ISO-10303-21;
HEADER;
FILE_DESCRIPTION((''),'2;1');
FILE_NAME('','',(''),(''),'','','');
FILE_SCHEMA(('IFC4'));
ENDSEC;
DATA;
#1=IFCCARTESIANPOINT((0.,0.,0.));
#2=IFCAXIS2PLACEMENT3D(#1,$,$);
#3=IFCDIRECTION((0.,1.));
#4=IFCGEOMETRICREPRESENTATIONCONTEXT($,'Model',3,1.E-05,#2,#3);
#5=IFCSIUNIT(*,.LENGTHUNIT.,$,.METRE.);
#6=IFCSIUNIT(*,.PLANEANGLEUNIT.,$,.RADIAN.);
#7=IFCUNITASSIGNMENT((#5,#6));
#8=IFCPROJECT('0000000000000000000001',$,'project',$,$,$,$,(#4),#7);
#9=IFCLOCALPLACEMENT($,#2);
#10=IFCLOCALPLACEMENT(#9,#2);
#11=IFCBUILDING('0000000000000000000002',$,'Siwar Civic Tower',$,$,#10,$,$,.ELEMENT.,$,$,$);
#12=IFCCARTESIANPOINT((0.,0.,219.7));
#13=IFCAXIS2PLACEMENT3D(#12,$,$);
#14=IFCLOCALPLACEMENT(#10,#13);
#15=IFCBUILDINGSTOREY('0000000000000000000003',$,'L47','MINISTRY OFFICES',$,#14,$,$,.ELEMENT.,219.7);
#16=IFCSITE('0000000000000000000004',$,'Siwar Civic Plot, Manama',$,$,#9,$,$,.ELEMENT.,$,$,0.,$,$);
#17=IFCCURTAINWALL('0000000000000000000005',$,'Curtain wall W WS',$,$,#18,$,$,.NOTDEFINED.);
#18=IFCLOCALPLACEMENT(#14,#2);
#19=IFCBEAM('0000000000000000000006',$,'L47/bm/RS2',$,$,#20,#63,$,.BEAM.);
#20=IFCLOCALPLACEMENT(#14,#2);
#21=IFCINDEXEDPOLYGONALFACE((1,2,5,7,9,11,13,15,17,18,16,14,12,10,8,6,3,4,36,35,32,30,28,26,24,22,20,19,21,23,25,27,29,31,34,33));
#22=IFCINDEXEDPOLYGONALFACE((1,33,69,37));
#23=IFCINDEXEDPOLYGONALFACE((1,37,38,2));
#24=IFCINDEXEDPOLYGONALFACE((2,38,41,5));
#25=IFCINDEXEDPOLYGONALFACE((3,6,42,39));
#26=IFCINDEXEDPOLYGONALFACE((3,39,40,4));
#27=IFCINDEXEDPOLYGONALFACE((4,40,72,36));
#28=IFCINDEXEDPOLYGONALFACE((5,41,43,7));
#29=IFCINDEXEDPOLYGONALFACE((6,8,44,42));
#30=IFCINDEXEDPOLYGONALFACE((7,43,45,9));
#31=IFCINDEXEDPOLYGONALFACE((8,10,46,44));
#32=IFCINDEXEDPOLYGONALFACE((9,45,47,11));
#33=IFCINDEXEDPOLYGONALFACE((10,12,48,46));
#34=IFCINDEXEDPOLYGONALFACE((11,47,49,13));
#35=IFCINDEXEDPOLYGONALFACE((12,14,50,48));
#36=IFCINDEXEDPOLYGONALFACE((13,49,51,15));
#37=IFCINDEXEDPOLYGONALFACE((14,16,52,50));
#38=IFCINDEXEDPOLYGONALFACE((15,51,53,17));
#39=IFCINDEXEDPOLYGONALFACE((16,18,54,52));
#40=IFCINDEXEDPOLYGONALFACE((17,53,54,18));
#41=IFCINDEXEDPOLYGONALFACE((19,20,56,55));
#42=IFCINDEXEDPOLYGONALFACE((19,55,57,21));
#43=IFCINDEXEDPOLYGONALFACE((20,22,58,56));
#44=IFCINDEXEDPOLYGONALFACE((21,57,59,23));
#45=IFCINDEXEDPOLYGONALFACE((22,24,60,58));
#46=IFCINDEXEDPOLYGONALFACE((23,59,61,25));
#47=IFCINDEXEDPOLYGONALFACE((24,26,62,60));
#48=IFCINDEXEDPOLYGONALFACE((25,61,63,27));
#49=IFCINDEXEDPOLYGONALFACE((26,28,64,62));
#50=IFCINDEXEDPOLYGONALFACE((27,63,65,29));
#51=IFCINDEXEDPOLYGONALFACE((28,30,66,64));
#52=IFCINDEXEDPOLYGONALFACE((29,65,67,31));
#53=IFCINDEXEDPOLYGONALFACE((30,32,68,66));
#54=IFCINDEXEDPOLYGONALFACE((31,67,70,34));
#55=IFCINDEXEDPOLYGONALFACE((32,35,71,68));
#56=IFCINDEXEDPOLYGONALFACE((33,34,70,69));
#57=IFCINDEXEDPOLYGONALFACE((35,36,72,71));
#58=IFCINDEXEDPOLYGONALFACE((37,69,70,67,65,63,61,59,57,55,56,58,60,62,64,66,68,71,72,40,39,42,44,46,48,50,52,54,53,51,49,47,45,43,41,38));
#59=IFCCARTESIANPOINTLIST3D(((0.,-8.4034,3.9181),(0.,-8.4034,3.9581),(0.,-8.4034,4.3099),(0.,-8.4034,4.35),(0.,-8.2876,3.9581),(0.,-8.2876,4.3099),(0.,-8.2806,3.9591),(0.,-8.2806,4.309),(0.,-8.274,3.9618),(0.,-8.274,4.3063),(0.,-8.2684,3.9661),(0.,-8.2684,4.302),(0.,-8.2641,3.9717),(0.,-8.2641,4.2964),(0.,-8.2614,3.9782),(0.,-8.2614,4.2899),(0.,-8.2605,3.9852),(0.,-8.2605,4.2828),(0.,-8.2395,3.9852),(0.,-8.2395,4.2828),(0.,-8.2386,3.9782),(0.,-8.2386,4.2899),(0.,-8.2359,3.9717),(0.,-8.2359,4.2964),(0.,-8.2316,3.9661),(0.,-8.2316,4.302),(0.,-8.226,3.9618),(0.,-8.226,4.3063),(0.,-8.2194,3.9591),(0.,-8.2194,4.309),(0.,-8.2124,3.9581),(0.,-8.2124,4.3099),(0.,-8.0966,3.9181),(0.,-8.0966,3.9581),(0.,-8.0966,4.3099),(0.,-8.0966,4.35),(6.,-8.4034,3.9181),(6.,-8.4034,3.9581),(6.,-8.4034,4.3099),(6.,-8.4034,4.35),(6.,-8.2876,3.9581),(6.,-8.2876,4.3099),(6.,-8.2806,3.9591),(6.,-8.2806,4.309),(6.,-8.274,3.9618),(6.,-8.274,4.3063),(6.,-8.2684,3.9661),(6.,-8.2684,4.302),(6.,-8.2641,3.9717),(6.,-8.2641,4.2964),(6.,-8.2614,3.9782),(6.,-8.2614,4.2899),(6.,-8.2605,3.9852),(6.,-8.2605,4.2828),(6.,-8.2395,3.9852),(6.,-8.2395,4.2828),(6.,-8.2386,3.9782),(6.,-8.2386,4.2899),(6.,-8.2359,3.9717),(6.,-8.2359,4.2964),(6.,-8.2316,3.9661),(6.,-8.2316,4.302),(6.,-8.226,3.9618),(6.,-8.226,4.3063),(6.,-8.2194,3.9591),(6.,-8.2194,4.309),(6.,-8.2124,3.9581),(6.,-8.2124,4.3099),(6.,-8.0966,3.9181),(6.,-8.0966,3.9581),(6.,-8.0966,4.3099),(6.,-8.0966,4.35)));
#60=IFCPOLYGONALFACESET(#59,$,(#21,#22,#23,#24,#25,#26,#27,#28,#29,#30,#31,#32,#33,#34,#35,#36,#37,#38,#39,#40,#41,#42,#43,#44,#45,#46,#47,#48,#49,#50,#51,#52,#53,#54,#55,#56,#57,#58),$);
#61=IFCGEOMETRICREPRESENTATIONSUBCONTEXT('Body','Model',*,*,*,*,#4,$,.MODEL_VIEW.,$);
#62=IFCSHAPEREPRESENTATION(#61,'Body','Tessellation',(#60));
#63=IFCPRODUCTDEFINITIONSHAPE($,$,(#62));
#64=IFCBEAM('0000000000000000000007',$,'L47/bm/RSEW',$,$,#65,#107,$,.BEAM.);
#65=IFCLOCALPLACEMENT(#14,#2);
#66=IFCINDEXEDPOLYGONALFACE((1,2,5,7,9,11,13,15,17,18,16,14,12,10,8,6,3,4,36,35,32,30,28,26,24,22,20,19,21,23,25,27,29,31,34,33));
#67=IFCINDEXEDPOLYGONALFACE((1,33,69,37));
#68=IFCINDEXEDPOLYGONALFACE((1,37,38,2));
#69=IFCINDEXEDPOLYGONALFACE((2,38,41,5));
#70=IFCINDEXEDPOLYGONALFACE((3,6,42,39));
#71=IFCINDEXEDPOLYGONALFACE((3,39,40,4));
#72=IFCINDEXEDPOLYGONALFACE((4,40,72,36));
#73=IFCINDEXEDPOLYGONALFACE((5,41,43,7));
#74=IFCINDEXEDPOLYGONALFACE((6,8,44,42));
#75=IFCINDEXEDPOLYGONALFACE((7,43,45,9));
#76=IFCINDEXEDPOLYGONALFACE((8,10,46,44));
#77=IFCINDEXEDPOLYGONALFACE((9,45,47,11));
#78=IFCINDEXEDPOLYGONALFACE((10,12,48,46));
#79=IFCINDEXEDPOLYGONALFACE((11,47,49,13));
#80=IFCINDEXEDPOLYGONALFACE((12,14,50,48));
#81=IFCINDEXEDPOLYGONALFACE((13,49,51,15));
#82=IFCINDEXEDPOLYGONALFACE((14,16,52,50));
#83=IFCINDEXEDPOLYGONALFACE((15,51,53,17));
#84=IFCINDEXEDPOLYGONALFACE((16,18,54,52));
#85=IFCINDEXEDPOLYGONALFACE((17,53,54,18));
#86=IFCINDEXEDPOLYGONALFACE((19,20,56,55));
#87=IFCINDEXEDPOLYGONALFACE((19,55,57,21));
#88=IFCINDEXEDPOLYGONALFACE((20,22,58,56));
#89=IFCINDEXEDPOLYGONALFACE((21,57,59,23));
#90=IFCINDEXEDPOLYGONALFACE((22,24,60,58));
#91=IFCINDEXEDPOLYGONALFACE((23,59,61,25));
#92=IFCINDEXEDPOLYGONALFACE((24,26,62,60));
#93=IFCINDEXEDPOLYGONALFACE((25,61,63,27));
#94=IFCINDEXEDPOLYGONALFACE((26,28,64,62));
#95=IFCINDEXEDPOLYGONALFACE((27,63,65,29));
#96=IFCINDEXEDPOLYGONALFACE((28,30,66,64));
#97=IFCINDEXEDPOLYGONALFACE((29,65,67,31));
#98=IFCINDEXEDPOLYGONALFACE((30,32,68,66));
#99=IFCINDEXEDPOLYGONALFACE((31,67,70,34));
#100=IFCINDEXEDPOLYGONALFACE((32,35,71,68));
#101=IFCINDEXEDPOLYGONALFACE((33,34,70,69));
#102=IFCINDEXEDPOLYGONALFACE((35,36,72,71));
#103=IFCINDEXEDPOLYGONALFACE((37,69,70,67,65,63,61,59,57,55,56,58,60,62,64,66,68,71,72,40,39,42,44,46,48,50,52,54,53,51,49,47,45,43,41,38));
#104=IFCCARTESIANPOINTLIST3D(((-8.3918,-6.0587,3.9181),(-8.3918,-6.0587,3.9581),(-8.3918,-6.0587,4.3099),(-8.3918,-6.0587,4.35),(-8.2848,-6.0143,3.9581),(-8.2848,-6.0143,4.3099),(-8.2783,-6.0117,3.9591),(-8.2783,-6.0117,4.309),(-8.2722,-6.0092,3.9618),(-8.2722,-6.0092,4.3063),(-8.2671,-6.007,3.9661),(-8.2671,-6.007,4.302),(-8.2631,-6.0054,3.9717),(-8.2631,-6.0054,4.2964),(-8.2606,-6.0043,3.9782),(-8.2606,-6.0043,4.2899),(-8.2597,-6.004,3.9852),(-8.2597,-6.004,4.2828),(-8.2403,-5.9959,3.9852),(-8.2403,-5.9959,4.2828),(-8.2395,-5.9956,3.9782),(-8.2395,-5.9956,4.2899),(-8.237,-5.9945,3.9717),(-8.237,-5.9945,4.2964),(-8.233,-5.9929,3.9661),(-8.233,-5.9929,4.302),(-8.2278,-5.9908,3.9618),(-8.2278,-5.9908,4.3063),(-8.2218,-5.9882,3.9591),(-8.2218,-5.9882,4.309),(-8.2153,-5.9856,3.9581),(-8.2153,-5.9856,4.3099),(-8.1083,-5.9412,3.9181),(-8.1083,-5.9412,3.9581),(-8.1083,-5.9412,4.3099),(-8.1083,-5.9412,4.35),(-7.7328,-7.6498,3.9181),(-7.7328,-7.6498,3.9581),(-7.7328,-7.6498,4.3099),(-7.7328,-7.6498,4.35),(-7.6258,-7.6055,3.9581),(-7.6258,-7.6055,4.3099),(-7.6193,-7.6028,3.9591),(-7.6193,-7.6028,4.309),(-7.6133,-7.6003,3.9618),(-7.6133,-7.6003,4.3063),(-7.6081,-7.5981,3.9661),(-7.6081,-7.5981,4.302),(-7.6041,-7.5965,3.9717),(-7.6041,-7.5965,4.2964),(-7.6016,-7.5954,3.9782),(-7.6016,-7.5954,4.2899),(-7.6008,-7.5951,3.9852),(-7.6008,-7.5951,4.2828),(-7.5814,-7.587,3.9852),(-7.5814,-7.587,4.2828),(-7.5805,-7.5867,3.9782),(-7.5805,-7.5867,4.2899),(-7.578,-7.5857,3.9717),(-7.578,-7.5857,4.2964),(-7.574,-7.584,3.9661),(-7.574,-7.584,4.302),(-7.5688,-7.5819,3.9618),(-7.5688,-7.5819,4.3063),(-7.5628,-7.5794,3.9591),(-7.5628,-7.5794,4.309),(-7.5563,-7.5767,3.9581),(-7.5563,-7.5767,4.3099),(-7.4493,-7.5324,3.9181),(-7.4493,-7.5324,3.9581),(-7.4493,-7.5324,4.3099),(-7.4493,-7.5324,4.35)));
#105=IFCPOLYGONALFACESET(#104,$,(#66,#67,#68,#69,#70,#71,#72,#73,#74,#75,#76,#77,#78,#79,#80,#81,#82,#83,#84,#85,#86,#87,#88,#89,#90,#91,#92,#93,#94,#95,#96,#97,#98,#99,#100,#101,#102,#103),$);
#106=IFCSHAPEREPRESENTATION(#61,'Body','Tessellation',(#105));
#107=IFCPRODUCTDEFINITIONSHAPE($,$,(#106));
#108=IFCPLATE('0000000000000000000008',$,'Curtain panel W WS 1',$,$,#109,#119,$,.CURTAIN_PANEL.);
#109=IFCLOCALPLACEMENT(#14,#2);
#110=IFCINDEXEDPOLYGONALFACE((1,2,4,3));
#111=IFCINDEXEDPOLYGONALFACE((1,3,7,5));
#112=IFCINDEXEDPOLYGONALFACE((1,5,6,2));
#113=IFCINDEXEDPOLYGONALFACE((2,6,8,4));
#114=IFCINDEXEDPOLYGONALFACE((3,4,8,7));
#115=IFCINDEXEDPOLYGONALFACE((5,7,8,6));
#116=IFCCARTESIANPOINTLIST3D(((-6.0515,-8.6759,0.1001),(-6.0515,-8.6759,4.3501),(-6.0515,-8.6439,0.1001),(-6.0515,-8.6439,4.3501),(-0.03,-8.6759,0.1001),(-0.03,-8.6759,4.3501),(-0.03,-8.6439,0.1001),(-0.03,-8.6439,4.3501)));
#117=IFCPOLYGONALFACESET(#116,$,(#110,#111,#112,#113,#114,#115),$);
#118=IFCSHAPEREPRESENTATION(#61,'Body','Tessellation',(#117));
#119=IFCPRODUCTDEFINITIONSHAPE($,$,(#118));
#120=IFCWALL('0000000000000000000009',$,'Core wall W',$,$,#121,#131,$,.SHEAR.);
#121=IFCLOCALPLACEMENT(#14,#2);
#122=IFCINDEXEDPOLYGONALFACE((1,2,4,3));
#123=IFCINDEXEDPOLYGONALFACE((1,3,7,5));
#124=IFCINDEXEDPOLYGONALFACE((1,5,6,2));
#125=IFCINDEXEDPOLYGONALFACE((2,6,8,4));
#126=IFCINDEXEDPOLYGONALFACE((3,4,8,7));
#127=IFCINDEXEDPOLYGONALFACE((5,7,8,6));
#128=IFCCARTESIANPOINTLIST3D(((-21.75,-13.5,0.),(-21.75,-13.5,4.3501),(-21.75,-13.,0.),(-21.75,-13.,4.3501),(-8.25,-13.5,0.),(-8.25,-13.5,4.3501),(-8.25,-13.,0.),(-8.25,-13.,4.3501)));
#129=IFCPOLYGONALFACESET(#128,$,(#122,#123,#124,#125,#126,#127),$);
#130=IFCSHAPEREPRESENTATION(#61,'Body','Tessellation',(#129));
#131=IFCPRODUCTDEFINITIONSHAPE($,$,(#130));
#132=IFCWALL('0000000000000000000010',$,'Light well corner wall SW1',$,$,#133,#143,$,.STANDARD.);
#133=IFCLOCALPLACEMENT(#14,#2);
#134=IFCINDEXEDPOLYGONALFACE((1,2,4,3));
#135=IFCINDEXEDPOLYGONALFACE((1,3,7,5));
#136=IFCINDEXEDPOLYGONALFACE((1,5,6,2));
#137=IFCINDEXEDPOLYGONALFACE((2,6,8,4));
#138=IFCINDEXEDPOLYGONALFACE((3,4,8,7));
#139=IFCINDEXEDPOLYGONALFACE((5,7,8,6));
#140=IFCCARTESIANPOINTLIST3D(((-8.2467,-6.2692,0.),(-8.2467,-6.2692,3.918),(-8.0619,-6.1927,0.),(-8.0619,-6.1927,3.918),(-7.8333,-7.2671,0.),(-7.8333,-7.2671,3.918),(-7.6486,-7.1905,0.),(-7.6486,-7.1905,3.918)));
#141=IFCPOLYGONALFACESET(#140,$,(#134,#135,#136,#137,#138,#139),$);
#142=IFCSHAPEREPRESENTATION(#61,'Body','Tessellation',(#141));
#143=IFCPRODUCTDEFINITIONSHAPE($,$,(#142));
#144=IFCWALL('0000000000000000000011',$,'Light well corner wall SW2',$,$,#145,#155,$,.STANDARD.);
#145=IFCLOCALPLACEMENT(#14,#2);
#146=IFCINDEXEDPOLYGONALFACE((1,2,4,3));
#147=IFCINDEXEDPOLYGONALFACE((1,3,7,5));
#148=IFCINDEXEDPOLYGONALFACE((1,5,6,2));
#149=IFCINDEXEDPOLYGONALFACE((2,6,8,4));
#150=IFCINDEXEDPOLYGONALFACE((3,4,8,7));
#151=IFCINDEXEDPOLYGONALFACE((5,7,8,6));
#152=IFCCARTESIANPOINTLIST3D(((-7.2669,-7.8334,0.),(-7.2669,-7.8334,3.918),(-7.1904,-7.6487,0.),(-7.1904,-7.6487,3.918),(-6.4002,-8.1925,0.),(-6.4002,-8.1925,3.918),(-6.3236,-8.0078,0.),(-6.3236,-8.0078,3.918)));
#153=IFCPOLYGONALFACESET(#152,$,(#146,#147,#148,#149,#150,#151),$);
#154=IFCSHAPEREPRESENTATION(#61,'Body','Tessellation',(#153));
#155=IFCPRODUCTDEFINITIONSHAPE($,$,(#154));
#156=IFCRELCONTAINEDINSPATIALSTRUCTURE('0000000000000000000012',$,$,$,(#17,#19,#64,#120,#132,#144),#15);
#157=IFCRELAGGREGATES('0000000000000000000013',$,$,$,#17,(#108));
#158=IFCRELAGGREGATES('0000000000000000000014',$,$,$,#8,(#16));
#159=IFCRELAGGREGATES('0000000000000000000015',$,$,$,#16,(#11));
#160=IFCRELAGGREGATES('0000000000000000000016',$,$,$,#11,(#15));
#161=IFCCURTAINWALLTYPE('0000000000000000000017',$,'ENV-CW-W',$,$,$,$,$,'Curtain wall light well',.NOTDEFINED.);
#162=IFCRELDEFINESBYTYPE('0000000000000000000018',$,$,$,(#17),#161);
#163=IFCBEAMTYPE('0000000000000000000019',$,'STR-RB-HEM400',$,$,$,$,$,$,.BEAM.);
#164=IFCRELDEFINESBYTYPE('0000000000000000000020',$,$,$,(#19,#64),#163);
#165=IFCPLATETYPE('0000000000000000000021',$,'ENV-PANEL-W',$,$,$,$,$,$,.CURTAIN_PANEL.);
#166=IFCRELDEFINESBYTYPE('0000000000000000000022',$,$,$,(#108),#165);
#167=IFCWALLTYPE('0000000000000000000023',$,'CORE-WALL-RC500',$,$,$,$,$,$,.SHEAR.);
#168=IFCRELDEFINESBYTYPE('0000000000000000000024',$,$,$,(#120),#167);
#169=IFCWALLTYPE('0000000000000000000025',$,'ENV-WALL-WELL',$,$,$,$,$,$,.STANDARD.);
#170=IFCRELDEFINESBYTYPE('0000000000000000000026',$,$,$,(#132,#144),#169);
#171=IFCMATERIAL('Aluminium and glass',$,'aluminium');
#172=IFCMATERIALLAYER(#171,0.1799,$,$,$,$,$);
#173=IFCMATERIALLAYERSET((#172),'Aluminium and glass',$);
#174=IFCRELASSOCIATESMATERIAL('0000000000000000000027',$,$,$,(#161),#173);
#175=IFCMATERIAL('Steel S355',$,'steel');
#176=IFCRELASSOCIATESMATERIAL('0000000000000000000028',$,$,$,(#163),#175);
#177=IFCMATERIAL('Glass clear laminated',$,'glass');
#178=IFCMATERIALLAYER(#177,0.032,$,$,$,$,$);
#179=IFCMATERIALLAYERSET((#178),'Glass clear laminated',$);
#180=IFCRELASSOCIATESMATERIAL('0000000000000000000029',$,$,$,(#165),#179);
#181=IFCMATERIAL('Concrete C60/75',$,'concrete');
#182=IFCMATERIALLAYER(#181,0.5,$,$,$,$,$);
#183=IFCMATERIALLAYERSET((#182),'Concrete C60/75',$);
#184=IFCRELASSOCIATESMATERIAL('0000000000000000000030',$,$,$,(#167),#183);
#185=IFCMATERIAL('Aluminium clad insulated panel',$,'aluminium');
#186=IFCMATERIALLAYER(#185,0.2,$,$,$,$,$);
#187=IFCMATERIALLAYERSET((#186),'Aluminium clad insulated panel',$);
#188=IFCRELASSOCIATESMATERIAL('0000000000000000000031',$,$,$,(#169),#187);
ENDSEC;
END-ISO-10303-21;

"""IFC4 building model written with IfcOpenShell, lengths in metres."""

from ifc_helpers import new_model, si_unit, direction, frame, frame_2d, origin, origin_2d, place, context, subcontext, project, spatial, rectangle, i_section, extrude, material, layer, layer_set, material_profile, profile_set, type_object, element, aggregate, save


model = new_model("IFC4")

# Units and contexts
model_context = context("Model", 3, precision=1e-05, world=origin(), true_north=direction((0.0, 1.0)))
body_context = subcontext(model_context, "Body", "Model", "MODEL_VIEW")
ifc_project = project(units=[si_unit("LENGTHUNIT", "METRE"), si_unit("PLANEANGLEUNIT", "RADIAN")], contexts=[model_context])

# Site, building, storey
site_placement = place(None, origin())
site = spatial("IfcSite", under=ifc_project, at=site_placement, Name="Siwar Civic Plot, Manama", CompositionType="ELEMENT", RefElevation=0.0)
building_placement = place(site_placement, origin())
building = spatial("IfcBuilding", under=site, at=building_placement, Name="Siwar Civic Tower", CompositionType="ELEMENT")
storey_placement = place(building_placement, frame((0.0, 0.0, 219.7)))
storey = spatial("IfcBuildingStorey", under=building, at=storey_placement, Name="L47", Description="MINISTRY OFFICES", CompositionType="ELEMENT", Elevation=219.7)

# Curtain wall
ifc_material_1 = material(Name="Aluminium and glass", Category="aluminium")
ifc_layer_1 = layer(ifc_material_1, 0.1799)
ifc_layer_set_1 = layer_set([ifc_layer_1], Name="Aluminium and glass")
curtain_wall_type = type_object("IfcCurtainWallType", Name="ENV-CW-W", ElementType="Curtain wall light well", PredefinedType="NOTDEFINED", material=ifc_layer_set_1)
curtain_wall_placement = place(storey_placement, origin())
curtain_wall = element("IfcCurtainWall", 1, at=curtain_wall_placement, inside=storey, type_object=curtain_wall_type, Name="Curtain wall W WS", PredefinedType="NOTDEFINED")

# Beams
ifc_material_2 = material(Name="Steel S355", Category="steel")
ifc_material_profile_1 = material_profile(ifc_material_2, i_section(OverallWidth=0.3069, OverallDepth=0.4319, WebThickness=0.021, FlangeThickness=0.04, FilletRadius=0.0271, at=origin_2d()), Name="HEM400")
ifc_profile_set_1 = profile_set([ifc_material_profile_1], Name="Steel S355")
beam_type = type_object("IfcBeamType", Name="STR-RB-HEM400", PredefinedType="BEAM", material=ifc_profile_set_1)
for number, where, z_axis, x_axis, name in (
    (2, (0.0, -8.25, 4.134), (1.0, 0.0, 0.0), (0.0, 1.0, 0.0), "L47/bm/RS2"),
):
    element("IfcBeam", number, at=place(storey_placement, frame(where, z_axis=z_axis, x_axis=x_axis)), inside=storey, type_object=beam_type, Name=name, PredefinedType="BEAM", context=body_context, shape_type="SweptSolid", body=[
        extrude(i_section(OverallWidth=0.3069, OverallDepth=0.4319, WebThickness=0.021, FlangeThickness=0.04, FilletRadius=0.0271, at=origin_2d()), origin(), (0.0, 0.0, 1.0), 6.0),
    ])
beam_1_placement = place(storey_placement, frame((-7.5911, -7.5911, 4.134), z_axis=(-0.382631, 0.923901, 0.0), x_axis=(-0.923901, -0.382631, 0.0)))
element("IfcBeam", 3, at=beam_1_placement, inside=storey, type_object=beam_type, Name="L47/bm/RSEW", PredefinedType="BEAM", context=body_context, shape_type="SweptSolid", body=[
    extrude(i_section(OverallWidth=0.3069, OverallDepth=0.4319, WebThickness=0.021, FlangeThickness=0.04, FilletRadius=0.0271, at=origin_2d()), origin(), (0.0, 0.0, 1.0), 1.7222),
])

# Plate
ifc_material_3 = material(Name="Glass clear laminated", Category="glass")
ifc_layer_2 = layer(ifc_material_3, 0.032)
ifc_layer_set_2 = layer_set([ifc_layer_2], Name="Glass clear laminated")
plate_type = type_object("IfcPlateType", Name="ENV-PANEL-W", PredefinedType="CURTAIN_PANEL", material=ifc_layer_set_2)
plate_placement = place(storey_placement, frame((-3.0408, -8.6599, 0.1001), z_axis=(0.0, 0.0, 1.0), x_axis=(1.0, 0.0, 0.0)))
plate = element("IfcPlate", 4, at=plate_placement, type_object=plate_type, Name="Curtain panel W WS 1", PredefinedType="CURTAIN_PANEL", context=body_context, shape_type="SweptSolid", body=[
    extrude(rectangle(XDim=6.0215, YDim=0.032, at=origin_2d()), origin(), (0.0, 0.0, 1.0), 4.25),
])
aggregate(curtain_wall, [plate])

# Walls
ifc_material_4 = material(Name="Concrete C60/75", Category="concrete")
ifc_layer_3 = layer(ifc_material_4, 0.5)
ifc_layer_set_3 = layer_set([ifc_layer_3], Name="Concrete C60/75")
wall_type_1 = type_object("IfcWallType", Name="CORE-WALL-RC500", PredefinedType="SHEAR", material=ifc_layer_set_3)
wall_1_placement = place(storey_placement, frame((-8.25, -13.25, 0.0), z_axis=(0.0, 0.0, 1.0), x_axis=(-1.0, 0.0, 0.0)))
element("IfcWall", 5, at=wall_1_placement, inside=storey, type_object=wall_type_1, Name="Core wall W", PredefinedType="SHEAR", context=body_context, shape_type="SweptSolid", body=[
    extrude(rectangle(XDim=13.5, YDim=0.5, at=frame_2d((6.75, 0.0))), origin(), (0.0, 0.0, 1.0), 4.3501),
])
ifc_material_5 = material(Name="Aluminium clad insulated panel", Category="aluminium")
ifc_layer_4 = layer(ifc_material_5, 0.2)
ifc_layer_set_4 = layer_set([ifc_layer_4], Name="Aluminium clad insulated panel")
wall_type_2 = type_object("IfcWallType", Name="ENV-WALL-WELL", PredefinedType="STANDARD", material=ifc_layer_set_4)
wall_2_placement = place(storey_placement, frame((-8.1543, -6.231, 0.0), z_axis=(0.0, 0.0, 1.0), x_axis=(0.382704, -0.923871, 0.0)))
element("IfcWall", 6, at=wall_2_placement, inside=storey, type_object=wall_type_2, Name="Light well corner wall SW1", PredefinedType="STANDARD", context=body_context, shape_type="SweptSolid", body=[
    extrude(rectangle(XDim=1.0801, YDim=0.2, at=frame_2d((0.54, 0.0))), origin(), (0.0, 0.0, 1.0), 3.918),
])
wall_3_placement = place(storey_placement, frame((-7.2288, -7.741, 0.0), z_axis=(0.0, 0.0, 1.0), x_axis=(0.92383, -0.382804, 0.0)))
element("IfcWall", 7, at=wall_3_placement, inside=storey, type_object=wall_type_2, Name="Light well corner wall SW2", PredefinedType="STANDARD", context=body_context, shape_type="SweptSolid", body=[
    extrude(rectangle(XDim=0.9382, YDim=0.2, at=frame_2d((0.4692, 0.0))), origin(), (0.0, 0.0, 1.0), 3.918),
])

save(model, "model.ifc")
